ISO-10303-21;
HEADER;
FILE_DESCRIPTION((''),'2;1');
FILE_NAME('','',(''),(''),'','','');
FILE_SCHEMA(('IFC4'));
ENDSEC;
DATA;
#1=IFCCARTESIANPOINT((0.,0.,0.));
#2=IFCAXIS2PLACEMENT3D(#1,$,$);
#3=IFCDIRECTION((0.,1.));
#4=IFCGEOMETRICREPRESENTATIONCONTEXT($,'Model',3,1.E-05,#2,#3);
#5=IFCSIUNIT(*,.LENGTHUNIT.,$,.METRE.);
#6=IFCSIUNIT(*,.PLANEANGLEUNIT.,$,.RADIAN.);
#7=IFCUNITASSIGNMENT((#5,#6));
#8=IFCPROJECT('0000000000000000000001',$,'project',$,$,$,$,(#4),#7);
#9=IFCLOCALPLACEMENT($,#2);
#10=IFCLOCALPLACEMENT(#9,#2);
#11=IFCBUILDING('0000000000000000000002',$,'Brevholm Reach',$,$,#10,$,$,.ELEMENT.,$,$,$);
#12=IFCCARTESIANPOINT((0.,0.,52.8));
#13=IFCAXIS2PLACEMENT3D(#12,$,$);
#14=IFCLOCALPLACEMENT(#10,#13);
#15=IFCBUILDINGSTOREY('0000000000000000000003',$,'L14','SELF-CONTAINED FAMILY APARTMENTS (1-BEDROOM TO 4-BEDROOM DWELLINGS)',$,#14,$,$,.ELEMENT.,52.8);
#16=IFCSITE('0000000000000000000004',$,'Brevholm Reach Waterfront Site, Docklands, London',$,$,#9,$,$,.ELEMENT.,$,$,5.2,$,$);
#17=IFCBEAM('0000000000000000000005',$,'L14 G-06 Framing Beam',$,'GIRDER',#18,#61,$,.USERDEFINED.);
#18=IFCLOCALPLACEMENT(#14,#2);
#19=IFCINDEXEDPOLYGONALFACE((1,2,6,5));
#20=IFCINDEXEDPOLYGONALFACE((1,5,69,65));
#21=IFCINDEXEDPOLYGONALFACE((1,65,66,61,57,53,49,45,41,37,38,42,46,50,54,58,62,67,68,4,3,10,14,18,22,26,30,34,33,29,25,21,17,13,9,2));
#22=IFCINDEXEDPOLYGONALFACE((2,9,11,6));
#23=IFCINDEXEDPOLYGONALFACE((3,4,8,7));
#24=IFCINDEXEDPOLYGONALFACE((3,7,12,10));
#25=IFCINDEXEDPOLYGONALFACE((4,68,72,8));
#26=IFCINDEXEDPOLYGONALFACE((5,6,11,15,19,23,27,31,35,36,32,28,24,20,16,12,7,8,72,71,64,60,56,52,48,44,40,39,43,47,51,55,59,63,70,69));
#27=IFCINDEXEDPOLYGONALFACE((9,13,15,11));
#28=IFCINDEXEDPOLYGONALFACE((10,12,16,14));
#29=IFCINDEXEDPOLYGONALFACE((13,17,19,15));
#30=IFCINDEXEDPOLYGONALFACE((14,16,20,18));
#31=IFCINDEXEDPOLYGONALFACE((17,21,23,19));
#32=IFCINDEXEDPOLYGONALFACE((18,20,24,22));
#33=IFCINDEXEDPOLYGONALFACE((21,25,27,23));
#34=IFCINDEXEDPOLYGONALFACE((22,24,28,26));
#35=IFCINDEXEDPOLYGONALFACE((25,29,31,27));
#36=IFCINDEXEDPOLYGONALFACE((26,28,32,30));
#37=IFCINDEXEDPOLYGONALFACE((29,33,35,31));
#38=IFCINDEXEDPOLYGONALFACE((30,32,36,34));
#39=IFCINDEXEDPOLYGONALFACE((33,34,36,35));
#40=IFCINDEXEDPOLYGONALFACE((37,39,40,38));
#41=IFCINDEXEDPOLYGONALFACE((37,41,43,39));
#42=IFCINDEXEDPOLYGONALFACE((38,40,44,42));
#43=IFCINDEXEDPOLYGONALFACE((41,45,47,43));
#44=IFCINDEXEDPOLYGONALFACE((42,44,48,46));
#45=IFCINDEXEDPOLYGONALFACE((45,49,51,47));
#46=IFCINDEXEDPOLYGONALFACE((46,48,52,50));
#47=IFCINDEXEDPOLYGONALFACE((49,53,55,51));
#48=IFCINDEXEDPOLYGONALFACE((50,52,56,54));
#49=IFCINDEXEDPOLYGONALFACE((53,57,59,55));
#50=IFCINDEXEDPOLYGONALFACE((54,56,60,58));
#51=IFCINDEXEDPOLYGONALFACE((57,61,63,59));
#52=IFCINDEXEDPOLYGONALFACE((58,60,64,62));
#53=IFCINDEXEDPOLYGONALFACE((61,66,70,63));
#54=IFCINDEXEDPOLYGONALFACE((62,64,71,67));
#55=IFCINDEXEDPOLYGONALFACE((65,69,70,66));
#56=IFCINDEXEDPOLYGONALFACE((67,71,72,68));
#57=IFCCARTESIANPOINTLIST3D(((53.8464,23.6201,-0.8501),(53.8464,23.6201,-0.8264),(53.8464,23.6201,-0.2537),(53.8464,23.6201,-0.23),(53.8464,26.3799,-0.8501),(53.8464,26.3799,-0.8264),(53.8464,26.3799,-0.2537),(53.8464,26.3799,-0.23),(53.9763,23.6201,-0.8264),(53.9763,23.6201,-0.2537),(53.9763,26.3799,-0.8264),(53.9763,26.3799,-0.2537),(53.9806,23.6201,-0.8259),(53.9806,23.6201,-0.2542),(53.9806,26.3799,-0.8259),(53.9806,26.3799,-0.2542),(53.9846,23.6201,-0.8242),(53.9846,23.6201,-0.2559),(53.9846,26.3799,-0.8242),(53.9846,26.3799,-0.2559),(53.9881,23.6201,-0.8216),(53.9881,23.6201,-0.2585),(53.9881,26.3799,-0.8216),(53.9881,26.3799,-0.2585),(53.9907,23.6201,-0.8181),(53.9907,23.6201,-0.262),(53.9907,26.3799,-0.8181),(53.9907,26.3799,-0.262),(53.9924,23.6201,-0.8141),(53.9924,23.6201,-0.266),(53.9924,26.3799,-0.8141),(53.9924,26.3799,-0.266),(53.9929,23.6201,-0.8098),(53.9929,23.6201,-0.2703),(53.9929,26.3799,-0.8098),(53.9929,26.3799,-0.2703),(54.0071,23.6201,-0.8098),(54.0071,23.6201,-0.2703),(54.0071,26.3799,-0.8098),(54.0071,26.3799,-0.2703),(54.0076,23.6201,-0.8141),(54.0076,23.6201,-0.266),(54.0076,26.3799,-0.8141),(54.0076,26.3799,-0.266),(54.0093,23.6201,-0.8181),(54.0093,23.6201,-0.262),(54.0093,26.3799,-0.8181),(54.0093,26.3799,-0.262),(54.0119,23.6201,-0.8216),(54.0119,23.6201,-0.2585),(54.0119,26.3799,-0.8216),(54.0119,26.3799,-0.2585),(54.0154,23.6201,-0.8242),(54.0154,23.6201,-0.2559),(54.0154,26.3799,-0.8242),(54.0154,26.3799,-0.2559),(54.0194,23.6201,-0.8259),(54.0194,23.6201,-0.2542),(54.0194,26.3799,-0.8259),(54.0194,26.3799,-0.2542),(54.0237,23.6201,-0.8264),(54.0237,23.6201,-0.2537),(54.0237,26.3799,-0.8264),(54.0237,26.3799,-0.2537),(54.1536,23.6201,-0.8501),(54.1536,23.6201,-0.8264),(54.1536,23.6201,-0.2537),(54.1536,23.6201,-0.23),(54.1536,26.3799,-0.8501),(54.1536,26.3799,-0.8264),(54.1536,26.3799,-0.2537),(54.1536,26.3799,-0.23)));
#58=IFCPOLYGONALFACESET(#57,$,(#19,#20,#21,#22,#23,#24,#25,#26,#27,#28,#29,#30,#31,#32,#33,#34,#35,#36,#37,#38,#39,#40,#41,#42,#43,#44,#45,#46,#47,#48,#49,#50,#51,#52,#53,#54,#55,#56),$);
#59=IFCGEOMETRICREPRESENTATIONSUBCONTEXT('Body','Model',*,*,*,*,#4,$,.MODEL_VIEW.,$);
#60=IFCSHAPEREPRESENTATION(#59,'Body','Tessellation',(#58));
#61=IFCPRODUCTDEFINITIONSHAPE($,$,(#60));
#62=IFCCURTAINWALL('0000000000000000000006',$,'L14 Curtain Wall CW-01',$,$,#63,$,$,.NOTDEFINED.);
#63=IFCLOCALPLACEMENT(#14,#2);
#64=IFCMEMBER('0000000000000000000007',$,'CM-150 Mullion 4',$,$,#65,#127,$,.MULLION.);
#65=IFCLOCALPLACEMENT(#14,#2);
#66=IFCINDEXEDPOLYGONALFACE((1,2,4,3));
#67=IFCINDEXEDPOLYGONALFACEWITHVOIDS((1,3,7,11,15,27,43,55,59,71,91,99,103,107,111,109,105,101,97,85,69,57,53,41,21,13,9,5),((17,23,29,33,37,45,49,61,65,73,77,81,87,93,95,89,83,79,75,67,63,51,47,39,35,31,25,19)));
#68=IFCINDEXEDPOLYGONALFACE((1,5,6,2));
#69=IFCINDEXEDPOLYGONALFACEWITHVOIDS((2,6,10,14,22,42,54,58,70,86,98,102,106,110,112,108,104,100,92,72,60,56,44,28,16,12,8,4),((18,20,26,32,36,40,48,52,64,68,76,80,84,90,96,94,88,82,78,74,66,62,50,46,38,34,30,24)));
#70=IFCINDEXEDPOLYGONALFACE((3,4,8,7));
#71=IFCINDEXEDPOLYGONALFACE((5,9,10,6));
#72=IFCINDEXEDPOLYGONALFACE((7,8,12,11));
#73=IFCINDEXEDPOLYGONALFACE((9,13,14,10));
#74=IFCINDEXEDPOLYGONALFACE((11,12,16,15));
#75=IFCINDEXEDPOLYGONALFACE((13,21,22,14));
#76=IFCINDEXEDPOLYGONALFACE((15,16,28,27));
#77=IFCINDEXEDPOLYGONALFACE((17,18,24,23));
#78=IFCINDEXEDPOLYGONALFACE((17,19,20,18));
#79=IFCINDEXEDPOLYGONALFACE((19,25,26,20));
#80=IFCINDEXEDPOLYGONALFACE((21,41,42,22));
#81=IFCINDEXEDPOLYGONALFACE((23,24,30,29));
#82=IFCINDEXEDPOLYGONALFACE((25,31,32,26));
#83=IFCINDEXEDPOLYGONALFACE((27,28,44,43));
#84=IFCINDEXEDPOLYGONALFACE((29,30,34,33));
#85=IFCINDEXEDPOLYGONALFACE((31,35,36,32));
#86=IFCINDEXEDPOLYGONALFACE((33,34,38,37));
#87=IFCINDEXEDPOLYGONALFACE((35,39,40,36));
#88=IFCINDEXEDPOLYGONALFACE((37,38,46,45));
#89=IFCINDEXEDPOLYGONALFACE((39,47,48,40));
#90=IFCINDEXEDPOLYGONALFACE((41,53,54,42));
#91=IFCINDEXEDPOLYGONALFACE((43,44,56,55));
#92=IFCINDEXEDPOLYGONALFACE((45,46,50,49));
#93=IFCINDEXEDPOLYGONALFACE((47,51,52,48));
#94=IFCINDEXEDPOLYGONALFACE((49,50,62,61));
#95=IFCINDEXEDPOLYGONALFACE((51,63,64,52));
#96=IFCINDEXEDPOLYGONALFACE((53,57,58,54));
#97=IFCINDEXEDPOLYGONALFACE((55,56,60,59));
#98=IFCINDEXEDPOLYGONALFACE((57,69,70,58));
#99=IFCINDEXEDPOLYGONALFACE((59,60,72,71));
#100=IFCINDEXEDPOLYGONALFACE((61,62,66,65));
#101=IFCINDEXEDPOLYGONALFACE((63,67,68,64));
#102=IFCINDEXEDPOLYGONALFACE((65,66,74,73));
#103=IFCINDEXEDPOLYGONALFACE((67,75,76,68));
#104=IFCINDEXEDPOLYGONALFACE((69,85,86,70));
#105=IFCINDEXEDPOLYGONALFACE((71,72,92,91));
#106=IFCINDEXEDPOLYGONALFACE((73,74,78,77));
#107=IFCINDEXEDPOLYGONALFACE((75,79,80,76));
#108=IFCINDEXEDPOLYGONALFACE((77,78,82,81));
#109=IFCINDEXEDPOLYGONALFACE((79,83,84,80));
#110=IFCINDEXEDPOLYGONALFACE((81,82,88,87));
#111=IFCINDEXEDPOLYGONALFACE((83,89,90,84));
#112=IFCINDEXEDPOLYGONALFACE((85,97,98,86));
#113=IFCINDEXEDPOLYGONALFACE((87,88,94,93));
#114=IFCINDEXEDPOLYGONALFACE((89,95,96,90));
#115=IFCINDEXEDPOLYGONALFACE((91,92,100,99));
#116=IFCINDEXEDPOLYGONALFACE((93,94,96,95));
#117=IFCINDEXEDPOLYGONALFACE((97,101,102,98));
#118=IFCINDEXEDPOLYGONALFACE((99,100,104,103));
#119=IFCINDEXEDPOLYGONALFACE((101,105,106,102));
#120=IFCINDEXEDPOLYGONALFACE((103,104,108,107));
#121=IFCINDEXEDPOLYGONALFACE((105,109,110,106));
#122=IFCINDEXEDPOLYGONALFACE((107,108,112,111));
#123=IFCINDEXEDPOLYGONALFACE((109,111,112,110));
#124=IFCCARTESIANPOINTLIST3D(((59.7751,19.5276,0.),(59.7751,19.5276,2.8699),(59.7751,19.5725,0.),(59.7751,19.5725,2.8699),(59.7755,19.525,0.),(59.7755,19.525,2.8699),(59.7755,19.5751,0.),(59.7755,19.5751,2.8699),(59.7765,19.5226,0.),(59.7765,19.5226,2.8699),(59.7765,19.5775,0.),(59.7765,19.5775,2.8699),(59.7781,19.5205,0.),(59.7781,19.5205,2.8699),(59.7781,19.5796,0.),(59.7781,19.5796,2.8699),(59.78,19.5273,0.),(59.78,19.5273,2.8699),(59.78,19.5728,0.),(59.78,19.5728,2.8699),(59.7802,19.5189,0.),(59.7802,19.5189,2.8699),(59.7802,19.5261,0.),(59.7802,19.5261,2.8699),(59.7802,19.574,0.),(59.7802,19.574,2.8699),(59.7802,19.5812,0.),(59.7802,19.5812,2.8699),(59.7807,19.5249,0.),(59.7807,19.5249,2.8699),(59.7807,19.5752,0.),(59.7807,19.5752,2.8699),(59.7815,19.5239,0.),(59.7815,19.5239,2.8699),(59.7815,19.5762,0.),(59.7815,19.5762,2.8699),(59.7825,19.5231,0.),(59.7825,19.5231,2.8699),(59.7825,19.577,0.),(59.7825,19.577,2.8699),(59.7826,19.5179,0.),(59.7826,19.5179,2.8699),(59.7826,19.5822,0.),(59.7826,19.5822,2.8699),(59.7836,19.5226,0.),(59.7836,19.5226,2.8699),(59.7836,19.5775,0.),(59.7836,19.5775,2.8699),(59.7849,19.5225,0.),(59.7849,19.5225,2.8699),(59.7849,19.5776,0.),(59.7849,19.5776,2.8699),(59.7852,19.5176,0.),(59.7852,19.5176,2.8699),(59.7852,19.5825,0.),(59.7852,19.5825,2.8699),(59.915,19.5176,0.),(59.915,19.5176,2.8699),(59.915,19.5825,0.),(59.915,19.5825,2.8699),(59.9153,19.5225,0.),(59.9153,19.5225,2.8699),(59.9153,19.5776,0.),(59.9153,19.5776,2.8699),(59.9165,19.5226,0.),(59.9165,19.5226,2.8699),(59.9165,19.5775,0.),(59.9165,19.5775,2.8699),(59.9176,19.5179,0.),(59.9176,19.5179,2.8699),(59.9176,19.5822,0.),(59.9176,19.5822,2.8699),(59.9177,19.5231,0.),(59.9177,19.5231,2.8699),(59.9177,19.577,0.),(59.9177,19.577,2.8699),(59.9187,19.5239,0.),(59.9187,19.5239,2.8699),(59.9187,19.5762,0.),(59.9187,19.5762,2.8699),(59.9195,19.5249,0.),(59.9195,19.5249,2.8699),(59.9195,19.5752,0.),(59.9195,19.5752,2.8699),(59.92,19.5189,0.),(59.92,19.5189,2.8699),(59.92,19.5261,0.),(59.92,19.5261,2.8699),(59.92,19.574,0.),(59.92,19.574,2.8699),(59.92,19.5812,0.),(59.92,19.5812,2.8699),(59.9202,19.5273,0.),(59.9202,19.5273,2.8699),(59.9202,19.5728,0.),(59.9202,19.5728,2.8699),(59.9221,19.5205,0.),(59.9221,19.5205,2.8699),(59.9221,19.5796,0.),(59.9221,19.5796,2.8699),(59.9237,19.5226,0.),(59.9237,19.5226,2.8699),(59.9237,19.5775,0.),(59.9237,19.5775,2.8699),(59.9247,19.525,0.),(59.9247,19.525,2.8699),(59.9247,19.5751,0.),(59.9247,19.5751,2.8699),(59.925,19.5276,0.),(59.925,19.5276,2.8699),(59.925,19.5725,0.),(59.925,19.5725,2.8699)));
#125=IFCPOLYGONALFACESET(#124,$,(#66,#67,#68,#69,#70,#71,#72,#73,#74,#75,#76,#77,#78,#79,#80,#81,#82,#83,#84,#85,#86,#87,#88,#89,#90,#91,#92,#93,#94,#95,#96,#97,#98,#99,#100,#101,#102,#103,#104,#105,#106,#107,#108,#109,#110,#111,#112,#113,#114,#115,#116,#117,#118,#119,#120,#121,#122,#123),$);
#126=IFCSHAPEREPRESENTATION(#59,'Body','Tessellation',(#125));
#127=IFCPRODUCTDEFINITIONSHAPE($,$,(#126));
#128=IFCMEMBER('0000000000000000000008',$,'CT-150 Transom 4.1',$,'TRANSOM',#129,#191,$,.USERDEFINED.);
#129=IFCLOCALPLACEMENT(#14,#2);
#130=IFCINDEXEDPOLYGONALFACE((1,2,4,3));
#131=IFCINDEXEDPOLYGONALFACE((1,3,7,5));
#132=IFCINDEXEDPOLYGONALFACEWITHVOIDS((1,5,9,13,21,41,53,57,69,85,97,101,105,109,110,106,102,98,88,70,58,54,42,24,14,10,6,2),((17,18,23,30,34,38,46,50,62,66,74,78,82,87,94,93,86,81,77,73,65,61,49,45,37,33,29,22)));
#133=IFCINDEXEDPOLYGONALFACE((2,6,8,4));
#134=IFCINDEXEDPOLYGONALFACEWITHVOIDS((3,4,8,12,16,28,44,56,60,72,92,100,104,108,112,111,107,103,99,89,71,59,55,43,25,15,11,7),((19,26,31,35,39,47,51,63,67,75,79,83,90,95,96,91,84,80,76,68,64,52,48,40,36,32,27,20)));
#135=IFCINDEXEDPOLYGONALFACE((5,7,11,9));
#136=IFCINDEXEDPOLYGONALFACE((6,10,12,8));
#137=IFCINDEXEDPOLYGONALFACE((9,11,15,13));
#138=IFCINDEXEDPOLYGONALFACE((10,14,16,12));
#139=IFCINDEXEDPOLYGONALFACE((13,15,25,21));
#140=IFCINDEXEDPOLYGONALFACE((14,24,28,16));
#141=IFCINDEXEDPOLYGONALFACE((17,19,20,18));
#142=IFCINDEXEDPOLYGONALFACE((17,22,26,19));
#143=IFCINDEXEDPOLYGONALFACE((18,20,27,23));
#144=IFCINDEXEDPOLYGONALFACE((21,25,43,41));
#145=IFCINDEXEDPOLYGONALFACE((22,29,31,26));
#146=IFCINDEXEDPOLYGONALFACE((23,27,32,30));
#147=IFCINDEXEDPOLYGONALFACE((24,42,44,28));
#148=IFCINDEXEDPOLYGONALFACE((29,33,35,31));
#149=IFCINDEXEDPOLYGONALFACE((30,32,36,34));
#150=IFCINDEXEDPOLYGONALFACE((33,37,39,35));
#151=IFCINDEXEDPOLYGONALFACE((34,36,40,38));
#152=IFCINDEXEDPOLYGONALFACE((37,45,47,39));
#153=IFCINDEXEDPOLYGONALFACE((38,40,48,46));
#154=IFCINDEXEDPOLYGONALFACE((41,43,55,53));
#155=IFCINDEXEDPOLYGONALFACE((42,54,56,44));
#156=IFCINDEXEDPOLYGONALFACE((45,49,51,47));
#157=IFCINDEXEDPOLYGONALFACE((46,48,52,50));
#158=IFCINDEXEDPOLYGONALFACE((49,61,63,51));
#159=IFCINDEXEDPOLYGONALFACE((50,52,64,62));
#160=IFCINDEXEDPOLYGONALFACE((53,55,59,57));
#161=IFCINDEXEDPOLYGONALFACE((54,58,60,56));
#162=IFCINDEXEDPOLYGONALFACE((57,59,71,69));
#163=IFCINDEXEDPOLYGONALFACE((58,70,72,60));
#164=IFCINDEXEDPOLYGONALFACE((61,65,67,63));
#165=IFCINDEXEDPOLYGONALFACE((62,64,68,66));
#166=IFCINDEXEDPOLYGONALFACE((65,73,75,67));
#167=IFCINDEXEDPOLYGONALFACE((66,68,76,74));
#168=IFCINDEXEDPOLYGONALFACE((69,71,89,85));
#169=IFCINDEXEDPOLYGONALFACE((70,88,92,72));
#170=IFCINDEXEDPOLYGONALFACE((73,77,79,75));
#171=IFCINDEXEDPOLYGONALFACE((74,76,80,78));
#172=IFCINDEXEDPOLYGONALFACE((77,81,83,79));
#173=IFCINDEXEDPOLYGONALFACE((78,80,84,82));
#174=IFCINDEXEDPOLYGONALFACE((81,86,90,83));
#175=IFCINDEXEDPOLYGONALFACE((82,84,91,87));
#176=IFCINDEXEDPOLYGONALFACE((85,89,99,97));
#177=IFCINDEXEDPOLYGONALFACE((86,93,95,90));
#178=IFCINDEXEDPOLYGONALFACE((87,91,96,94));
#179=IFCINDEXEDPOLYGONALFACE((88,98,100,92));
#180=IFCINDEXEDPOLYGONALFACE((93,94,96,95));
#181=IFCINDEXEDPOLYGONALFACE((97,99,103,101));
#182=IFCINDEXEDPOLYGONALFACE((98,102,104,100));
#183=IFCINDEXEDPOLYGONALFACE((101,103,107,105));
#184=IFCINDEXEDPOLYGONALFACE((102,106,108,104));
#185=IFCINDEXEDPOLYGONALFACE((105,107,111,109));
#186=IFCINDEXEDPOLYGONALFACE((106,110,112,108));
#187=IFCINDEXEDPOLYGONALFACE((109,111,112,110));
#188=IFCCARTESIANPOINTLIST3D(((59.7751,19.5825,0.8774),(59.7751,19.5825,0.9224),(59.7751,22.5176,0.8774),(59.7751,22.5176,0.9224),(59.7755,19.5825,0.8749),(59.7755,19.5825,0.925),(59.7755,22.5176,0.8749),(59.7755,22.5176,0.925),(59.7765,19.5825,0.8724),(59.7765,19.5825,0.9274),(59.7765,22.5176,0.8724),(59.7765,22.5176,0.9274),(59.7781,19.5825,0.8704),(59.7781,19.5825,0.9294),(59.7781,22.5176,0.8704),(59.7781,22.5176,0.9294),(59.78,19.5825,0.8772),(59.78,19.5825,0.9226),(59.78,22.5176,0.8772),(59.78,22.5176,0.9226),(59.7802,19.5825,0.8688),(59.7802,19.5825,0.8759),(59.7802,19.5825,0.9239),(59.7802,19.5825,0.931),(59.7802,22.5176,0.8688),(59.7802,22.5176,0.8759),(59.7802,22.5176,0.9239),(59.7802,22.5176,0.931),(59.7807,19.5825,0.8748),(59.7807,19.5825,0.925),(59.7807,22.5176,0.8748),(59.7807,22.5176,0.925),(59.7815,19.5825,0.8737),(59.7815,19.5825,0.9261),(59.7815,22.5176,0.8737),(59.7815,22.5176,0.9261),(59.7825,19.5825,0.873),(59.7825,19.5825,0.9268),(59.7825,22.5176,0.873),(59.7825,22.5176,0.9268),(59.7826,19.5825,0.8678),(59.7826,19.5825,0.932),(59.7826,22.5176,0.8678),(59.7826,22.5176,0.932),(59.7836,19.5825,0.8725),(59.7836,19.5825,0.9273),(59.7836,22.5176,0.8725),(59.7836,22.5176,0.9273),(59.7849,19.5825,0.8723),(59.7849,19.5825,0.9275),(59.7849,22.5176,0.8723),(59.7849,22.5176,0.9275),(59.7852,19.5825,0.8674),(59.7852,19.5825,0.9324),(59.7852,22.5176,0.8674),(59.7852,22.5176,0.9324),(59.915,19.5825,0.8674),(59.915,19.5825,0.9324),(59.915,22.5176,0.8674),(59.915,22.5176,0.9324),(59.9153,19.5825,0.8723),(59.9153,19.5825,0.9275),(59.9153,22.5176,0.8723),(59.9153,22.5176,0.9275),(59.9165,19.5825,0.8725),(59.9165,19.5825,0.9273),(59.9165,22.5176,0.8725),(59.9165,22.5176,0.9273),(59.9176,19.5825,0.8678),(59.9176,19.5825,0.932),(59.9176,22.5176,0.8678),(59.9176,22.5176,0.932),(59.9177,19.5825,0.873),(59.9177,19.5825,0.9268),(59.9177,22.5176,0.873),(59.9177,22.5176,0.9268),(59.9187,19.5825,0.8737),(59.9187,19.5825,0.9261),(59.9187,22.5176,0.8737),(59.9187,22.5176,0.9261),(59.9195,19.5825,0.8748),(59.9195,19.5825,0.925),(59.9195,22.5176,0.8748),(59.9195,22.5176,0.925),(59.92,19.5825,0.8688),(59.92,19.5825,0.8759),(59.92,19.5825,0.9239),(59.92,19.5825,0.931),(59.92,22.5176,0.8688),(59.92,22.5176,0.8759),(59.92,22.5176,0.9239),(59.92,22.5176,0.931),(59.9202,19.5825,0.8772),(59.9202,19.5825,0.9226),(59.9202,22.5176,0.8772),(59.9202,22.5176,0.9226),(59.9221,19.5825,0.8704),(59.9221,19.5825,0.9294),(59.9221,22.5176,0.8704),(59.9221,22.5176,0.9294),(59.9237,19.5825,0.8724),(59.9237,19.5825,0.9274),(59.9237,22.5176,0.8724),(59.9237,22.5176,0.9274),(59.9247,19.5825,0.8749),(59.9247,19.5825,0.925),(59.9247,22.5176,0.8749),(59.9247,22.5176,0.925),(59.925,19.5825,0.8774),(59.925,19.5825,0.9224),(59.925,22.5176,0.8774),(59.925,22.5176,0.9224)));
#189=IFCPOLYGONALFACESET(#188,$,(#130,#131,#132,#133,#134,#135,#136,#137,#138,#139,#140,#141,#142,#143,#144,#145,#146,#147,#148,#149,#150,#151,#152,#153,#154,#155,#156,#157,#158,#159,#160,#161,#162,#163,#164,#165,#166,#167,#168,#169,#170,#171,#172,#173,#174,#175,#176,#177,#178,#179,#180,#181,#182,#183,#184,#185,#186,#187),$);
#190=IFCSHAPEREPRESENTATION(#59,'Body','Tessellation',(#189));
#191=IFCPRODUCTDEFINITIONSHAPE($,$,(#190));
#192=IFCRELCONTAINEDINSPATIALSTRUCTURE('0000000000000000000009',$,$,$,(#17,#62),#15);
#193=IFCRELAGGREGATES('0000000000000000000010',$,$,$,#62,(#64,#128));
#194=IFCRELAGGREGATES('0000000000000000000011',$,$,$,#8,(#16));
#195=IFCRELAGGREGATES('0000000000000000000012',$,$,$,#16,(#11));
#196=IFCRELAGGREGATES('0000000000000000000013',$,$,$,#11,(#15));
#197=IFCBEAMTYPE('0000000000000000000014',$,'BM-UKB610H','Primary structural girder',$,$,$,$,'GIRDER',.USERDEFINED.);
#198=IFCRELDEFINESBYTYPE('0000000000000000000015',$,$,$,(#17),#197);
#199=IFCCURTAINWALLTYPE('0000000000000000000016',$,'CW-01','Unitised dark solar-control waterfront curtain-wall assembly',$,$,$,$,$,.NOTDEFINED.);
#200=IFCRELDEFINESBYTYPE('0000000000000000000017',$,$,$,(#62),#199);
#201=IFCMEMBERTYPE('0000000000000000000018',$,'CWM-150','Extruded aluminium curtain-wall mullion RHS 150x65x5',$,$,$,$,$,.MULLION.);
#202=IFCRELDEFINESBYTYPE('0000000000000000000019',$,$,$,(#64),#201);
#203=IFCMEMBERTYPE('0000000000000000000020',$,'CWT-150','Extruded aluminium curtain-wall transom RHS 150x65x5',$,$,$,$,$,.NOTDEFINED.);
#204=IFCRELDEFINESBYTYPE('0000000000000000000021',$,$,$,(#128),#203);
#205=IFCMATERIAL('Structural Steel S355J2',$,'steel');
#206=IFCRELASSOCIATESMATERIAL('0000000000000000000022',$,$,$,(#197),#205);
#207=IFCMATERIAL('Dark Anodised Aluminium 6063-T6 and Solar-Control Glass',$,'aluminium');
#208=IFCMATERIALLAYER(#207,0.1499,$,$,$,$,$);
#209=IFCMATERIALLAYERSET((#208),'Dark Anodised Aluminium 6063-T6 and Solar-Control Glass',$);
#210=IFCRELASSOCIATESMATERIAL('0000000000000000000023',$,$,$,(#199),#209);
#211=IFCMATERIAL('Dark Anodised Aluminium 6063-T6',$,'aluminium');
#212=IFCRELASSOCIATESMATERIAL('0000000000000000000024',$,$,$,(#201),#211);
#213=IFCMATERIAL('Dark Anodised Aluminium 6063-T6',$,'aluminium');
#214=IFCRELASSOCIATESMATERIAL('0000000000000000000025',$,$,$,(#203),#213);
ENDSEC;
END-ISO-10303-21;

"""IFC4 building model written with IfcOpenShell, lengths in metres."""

from ifc_helpers import new_model, si_unit, direction, frame, origin, origin_2d, place, context, subcontext, project, spatial, hollow_rectangle, i_section, extrude, material, layer, layer_set, material_profile, profile_set, type_object, element, aggregate, save


model = new_model("IFC4")

# Units and contexts
model_context = context("Model", 3, precision=1e-05, world=origin(), true_north=direction((0.0, 1.0)))
body_context = subcontext(model_context, "Body", "Model", "MODEL_VIEW")
ifc_project = project(units=[si_unit("LENGTHUNIT", "METRE"), si_unit("PLANEANGLEUNIT", "RADIAN")], contexts=[model_context])

# Site, building, storey
site_placement = place(None, origin())
site = spatial("IfcSite", under=ifc_project, at=site_placement, Name="Brevholm Reach Waterfront Site, Docklands, London", CompositionType="ELEMENT", RefElevation=5.2)
building_placement = place(site_placement, origin())
building = spatial("IfcBuilding", under=site, at=building_placement, Name="Brevholm Reach", CompositionType="ELEMENT")
storey_placement = place(building_placement, frame((0.0, 0.0, 52.8)))
storey = spatial("IfcBuildingStorey", under=building, at=storey_placement, Name="L14", Description="SELF-CONTAINED FAMILY APARTMENTS (1-BEDROOM TO 4-BEDROOM DWELLINGS)", CompositionType="ELEMENT", Elevation=52.8)

# Beam
ifc_material_1 = material(Name="Structural Steel S355J2", Category="steel")
ifc_material_profile_1 = material_profile(ifc_material_1, i_section(OverallWidth=0.3071, OverallDepth=0.6201, WebThickness=0.0142, FlangeThickness=0.0237, FilletRadius=0.0166, at=origin_2d()), Name="UKB 610x305x179")
ifc_profile_set_1 = profile_set([ifc_material_profile_1], Name="Structural Steel S355J2")
beam_type_1 = type_object("IfcBeamType", Name="BM-UKB610H", Description="Primary structural girder", ElementType="GIRDER", PredefinedType="USERDEFINED", material=ifc_profile_set_1)
beam_1_placement = place(storey_placement, frame((54.0, 23.6201, -0.54), z_axis=(0.0, 1.0, 0.0), x_axis=(-1.0, 0.0, 0.0)))
element("IfcBeam", 1, at=beam_1_placement, inside=storey, type_object=beam_type_1, Name="L14 G-06 Framing Beam", ObjectType="GIRDER", PredefinedType="USERDEFINED", context=body_context, shape_type="SweptSolid", body=[
    extrude(i_section(OverallWidth=0.3071, OverallDepth=0.6201, WebThickness=0.0142, FlangeThickness=0.0237, FilletRadius=0.0166, at=origin_2d()), origin(), (0.0, 0.0, 1.0), 2.7598),
])

# Curtain wall, members
ifc_material_2 = material(Name="Dark Anodised Aluminium 6063-T6 and Solar-Control Glass", Category="aluminium")
ifc_layer_1 = layer(ifc_material_2, 0.1499)
ifc_layer_set_1 = layer_set([ifc_layer_1], Name="Dark Anodised Aluminium 6063-T6 and Solar-Control Glass")
curtain_wall_type = type_object("IfcCurtainWallType", Name="CW-01", Description="Unitised dark solar-control waterfront curtain-wall assembly", PredefinedType="NOTDEFINED", material=ifc_layer_set_1)
curtain_wall_placement = place(storey_placement, origin())
curtain_wall = element("IfcCurtainWall", 2, at=curtain_wall_placement, inside=storey, type_object=curtain_wall_type, Name="L14 Curtain Wall CW-01", PredefinedType="NOTDEFINED")
ifc_material_3 = material(Name="Dark Anodised Aluminium 6063-T6", Category="aluminium")
ifc_material_profile_2 = material_profile(ifc_material_3, hollow_rectangle(XDim=0.0649, YDim=0.1499, WallThickness=0.0049, InnerFilletRadius=0.0049, OuterFilletRadius=0.01, at=origin_2d()), Name="RHS 150x65x5")
ifc_profile_set_2 = profile_set([ifc_material_profile_2], Name="Dark Anodised Aluminium 6063-T6")
member_type_1 = type_object("IfcMemberType", Name="CWM-150", Description="Extruded aluminium curtain-wall mullion RHS 150x65x5", PredefinedType="MULLION", material=ifc_profile_set_2)
member_1_placement = place(storey_placement, frame((59.8501, 19.55, 0.0), z_axis=(0.0, 0.0, 1.0), x_axis=(0.0, 1.0, 0.0)))
member_1 = element("IfcMember", 3, at=member_1_placement, type_object=member_type_1, Name="CM-150 Mullion 4", PredefinedType="MULLION", context=body_context, shape_type="SweptSolid", body=[
    extrude(hollow_rectangle(XDim=0.0649, YDim=0.1499, WallThickness=0.0049, InnerFilletRadius=0.0049, OuterFilletRadius=0.01, at=origin_2d()), origin(), (0.0, 0.0, 1.0), 2.8699),
])
ifc_material_4 = material(Name="Dark Anodised Aluminium 6063-T6", Category="aluminium")
ifc_material_profile_3 = material_profile(ifc_material_4, hollow_rectangle(XDim=0.0649, YDim=0.1499, WallThickness=0.0049, InnerFilletRadius=0.0049, OuterFilletRadius=0.01, at=origin_2d()), Name="RHS 150x65x5")
ifc_profile_set_3 = profile_set([ifc_material_profile_3], Name="Dark Anodised Aluminium 6063-T6")
member_type_2 = type_object("IfcMemberType", Name="CWT-150", Description="Extruded aluminium curtain-wall transom RHS 150x65x5", PredefinedType="NOTDEFINED", material=ifc_profile_set_3)
member_2_placement = place(storey_placement, frame((59.8501, 19.5825, 0.8999), z_axis=(0.0, 1.0, 0.0), x_axis=(0.0, 0.0, 1.0)))
member_2 = element("IfcMember", 4, at=member_2_placement, type_object=member_type_2, Name="CT-150 Transom 4.1", ObjectType="TRANSOM", PredefinedType="USERDEFINED", context=body_context, shape_type="SweptSolid", body=[
    extrude(hollow_rectangle(XDim=0.0649, YDim=0.1499, WallThickness=0.0049, InnerFilletRadius=0.0049, OuterFilletRadius=0.01, at=origin_2d()), origin(), (0.0, 0.0, 1.0), 2.9351),
])
aggregate(curtain_wall, [member_1, member_2])

save(model, "model.ifc")
